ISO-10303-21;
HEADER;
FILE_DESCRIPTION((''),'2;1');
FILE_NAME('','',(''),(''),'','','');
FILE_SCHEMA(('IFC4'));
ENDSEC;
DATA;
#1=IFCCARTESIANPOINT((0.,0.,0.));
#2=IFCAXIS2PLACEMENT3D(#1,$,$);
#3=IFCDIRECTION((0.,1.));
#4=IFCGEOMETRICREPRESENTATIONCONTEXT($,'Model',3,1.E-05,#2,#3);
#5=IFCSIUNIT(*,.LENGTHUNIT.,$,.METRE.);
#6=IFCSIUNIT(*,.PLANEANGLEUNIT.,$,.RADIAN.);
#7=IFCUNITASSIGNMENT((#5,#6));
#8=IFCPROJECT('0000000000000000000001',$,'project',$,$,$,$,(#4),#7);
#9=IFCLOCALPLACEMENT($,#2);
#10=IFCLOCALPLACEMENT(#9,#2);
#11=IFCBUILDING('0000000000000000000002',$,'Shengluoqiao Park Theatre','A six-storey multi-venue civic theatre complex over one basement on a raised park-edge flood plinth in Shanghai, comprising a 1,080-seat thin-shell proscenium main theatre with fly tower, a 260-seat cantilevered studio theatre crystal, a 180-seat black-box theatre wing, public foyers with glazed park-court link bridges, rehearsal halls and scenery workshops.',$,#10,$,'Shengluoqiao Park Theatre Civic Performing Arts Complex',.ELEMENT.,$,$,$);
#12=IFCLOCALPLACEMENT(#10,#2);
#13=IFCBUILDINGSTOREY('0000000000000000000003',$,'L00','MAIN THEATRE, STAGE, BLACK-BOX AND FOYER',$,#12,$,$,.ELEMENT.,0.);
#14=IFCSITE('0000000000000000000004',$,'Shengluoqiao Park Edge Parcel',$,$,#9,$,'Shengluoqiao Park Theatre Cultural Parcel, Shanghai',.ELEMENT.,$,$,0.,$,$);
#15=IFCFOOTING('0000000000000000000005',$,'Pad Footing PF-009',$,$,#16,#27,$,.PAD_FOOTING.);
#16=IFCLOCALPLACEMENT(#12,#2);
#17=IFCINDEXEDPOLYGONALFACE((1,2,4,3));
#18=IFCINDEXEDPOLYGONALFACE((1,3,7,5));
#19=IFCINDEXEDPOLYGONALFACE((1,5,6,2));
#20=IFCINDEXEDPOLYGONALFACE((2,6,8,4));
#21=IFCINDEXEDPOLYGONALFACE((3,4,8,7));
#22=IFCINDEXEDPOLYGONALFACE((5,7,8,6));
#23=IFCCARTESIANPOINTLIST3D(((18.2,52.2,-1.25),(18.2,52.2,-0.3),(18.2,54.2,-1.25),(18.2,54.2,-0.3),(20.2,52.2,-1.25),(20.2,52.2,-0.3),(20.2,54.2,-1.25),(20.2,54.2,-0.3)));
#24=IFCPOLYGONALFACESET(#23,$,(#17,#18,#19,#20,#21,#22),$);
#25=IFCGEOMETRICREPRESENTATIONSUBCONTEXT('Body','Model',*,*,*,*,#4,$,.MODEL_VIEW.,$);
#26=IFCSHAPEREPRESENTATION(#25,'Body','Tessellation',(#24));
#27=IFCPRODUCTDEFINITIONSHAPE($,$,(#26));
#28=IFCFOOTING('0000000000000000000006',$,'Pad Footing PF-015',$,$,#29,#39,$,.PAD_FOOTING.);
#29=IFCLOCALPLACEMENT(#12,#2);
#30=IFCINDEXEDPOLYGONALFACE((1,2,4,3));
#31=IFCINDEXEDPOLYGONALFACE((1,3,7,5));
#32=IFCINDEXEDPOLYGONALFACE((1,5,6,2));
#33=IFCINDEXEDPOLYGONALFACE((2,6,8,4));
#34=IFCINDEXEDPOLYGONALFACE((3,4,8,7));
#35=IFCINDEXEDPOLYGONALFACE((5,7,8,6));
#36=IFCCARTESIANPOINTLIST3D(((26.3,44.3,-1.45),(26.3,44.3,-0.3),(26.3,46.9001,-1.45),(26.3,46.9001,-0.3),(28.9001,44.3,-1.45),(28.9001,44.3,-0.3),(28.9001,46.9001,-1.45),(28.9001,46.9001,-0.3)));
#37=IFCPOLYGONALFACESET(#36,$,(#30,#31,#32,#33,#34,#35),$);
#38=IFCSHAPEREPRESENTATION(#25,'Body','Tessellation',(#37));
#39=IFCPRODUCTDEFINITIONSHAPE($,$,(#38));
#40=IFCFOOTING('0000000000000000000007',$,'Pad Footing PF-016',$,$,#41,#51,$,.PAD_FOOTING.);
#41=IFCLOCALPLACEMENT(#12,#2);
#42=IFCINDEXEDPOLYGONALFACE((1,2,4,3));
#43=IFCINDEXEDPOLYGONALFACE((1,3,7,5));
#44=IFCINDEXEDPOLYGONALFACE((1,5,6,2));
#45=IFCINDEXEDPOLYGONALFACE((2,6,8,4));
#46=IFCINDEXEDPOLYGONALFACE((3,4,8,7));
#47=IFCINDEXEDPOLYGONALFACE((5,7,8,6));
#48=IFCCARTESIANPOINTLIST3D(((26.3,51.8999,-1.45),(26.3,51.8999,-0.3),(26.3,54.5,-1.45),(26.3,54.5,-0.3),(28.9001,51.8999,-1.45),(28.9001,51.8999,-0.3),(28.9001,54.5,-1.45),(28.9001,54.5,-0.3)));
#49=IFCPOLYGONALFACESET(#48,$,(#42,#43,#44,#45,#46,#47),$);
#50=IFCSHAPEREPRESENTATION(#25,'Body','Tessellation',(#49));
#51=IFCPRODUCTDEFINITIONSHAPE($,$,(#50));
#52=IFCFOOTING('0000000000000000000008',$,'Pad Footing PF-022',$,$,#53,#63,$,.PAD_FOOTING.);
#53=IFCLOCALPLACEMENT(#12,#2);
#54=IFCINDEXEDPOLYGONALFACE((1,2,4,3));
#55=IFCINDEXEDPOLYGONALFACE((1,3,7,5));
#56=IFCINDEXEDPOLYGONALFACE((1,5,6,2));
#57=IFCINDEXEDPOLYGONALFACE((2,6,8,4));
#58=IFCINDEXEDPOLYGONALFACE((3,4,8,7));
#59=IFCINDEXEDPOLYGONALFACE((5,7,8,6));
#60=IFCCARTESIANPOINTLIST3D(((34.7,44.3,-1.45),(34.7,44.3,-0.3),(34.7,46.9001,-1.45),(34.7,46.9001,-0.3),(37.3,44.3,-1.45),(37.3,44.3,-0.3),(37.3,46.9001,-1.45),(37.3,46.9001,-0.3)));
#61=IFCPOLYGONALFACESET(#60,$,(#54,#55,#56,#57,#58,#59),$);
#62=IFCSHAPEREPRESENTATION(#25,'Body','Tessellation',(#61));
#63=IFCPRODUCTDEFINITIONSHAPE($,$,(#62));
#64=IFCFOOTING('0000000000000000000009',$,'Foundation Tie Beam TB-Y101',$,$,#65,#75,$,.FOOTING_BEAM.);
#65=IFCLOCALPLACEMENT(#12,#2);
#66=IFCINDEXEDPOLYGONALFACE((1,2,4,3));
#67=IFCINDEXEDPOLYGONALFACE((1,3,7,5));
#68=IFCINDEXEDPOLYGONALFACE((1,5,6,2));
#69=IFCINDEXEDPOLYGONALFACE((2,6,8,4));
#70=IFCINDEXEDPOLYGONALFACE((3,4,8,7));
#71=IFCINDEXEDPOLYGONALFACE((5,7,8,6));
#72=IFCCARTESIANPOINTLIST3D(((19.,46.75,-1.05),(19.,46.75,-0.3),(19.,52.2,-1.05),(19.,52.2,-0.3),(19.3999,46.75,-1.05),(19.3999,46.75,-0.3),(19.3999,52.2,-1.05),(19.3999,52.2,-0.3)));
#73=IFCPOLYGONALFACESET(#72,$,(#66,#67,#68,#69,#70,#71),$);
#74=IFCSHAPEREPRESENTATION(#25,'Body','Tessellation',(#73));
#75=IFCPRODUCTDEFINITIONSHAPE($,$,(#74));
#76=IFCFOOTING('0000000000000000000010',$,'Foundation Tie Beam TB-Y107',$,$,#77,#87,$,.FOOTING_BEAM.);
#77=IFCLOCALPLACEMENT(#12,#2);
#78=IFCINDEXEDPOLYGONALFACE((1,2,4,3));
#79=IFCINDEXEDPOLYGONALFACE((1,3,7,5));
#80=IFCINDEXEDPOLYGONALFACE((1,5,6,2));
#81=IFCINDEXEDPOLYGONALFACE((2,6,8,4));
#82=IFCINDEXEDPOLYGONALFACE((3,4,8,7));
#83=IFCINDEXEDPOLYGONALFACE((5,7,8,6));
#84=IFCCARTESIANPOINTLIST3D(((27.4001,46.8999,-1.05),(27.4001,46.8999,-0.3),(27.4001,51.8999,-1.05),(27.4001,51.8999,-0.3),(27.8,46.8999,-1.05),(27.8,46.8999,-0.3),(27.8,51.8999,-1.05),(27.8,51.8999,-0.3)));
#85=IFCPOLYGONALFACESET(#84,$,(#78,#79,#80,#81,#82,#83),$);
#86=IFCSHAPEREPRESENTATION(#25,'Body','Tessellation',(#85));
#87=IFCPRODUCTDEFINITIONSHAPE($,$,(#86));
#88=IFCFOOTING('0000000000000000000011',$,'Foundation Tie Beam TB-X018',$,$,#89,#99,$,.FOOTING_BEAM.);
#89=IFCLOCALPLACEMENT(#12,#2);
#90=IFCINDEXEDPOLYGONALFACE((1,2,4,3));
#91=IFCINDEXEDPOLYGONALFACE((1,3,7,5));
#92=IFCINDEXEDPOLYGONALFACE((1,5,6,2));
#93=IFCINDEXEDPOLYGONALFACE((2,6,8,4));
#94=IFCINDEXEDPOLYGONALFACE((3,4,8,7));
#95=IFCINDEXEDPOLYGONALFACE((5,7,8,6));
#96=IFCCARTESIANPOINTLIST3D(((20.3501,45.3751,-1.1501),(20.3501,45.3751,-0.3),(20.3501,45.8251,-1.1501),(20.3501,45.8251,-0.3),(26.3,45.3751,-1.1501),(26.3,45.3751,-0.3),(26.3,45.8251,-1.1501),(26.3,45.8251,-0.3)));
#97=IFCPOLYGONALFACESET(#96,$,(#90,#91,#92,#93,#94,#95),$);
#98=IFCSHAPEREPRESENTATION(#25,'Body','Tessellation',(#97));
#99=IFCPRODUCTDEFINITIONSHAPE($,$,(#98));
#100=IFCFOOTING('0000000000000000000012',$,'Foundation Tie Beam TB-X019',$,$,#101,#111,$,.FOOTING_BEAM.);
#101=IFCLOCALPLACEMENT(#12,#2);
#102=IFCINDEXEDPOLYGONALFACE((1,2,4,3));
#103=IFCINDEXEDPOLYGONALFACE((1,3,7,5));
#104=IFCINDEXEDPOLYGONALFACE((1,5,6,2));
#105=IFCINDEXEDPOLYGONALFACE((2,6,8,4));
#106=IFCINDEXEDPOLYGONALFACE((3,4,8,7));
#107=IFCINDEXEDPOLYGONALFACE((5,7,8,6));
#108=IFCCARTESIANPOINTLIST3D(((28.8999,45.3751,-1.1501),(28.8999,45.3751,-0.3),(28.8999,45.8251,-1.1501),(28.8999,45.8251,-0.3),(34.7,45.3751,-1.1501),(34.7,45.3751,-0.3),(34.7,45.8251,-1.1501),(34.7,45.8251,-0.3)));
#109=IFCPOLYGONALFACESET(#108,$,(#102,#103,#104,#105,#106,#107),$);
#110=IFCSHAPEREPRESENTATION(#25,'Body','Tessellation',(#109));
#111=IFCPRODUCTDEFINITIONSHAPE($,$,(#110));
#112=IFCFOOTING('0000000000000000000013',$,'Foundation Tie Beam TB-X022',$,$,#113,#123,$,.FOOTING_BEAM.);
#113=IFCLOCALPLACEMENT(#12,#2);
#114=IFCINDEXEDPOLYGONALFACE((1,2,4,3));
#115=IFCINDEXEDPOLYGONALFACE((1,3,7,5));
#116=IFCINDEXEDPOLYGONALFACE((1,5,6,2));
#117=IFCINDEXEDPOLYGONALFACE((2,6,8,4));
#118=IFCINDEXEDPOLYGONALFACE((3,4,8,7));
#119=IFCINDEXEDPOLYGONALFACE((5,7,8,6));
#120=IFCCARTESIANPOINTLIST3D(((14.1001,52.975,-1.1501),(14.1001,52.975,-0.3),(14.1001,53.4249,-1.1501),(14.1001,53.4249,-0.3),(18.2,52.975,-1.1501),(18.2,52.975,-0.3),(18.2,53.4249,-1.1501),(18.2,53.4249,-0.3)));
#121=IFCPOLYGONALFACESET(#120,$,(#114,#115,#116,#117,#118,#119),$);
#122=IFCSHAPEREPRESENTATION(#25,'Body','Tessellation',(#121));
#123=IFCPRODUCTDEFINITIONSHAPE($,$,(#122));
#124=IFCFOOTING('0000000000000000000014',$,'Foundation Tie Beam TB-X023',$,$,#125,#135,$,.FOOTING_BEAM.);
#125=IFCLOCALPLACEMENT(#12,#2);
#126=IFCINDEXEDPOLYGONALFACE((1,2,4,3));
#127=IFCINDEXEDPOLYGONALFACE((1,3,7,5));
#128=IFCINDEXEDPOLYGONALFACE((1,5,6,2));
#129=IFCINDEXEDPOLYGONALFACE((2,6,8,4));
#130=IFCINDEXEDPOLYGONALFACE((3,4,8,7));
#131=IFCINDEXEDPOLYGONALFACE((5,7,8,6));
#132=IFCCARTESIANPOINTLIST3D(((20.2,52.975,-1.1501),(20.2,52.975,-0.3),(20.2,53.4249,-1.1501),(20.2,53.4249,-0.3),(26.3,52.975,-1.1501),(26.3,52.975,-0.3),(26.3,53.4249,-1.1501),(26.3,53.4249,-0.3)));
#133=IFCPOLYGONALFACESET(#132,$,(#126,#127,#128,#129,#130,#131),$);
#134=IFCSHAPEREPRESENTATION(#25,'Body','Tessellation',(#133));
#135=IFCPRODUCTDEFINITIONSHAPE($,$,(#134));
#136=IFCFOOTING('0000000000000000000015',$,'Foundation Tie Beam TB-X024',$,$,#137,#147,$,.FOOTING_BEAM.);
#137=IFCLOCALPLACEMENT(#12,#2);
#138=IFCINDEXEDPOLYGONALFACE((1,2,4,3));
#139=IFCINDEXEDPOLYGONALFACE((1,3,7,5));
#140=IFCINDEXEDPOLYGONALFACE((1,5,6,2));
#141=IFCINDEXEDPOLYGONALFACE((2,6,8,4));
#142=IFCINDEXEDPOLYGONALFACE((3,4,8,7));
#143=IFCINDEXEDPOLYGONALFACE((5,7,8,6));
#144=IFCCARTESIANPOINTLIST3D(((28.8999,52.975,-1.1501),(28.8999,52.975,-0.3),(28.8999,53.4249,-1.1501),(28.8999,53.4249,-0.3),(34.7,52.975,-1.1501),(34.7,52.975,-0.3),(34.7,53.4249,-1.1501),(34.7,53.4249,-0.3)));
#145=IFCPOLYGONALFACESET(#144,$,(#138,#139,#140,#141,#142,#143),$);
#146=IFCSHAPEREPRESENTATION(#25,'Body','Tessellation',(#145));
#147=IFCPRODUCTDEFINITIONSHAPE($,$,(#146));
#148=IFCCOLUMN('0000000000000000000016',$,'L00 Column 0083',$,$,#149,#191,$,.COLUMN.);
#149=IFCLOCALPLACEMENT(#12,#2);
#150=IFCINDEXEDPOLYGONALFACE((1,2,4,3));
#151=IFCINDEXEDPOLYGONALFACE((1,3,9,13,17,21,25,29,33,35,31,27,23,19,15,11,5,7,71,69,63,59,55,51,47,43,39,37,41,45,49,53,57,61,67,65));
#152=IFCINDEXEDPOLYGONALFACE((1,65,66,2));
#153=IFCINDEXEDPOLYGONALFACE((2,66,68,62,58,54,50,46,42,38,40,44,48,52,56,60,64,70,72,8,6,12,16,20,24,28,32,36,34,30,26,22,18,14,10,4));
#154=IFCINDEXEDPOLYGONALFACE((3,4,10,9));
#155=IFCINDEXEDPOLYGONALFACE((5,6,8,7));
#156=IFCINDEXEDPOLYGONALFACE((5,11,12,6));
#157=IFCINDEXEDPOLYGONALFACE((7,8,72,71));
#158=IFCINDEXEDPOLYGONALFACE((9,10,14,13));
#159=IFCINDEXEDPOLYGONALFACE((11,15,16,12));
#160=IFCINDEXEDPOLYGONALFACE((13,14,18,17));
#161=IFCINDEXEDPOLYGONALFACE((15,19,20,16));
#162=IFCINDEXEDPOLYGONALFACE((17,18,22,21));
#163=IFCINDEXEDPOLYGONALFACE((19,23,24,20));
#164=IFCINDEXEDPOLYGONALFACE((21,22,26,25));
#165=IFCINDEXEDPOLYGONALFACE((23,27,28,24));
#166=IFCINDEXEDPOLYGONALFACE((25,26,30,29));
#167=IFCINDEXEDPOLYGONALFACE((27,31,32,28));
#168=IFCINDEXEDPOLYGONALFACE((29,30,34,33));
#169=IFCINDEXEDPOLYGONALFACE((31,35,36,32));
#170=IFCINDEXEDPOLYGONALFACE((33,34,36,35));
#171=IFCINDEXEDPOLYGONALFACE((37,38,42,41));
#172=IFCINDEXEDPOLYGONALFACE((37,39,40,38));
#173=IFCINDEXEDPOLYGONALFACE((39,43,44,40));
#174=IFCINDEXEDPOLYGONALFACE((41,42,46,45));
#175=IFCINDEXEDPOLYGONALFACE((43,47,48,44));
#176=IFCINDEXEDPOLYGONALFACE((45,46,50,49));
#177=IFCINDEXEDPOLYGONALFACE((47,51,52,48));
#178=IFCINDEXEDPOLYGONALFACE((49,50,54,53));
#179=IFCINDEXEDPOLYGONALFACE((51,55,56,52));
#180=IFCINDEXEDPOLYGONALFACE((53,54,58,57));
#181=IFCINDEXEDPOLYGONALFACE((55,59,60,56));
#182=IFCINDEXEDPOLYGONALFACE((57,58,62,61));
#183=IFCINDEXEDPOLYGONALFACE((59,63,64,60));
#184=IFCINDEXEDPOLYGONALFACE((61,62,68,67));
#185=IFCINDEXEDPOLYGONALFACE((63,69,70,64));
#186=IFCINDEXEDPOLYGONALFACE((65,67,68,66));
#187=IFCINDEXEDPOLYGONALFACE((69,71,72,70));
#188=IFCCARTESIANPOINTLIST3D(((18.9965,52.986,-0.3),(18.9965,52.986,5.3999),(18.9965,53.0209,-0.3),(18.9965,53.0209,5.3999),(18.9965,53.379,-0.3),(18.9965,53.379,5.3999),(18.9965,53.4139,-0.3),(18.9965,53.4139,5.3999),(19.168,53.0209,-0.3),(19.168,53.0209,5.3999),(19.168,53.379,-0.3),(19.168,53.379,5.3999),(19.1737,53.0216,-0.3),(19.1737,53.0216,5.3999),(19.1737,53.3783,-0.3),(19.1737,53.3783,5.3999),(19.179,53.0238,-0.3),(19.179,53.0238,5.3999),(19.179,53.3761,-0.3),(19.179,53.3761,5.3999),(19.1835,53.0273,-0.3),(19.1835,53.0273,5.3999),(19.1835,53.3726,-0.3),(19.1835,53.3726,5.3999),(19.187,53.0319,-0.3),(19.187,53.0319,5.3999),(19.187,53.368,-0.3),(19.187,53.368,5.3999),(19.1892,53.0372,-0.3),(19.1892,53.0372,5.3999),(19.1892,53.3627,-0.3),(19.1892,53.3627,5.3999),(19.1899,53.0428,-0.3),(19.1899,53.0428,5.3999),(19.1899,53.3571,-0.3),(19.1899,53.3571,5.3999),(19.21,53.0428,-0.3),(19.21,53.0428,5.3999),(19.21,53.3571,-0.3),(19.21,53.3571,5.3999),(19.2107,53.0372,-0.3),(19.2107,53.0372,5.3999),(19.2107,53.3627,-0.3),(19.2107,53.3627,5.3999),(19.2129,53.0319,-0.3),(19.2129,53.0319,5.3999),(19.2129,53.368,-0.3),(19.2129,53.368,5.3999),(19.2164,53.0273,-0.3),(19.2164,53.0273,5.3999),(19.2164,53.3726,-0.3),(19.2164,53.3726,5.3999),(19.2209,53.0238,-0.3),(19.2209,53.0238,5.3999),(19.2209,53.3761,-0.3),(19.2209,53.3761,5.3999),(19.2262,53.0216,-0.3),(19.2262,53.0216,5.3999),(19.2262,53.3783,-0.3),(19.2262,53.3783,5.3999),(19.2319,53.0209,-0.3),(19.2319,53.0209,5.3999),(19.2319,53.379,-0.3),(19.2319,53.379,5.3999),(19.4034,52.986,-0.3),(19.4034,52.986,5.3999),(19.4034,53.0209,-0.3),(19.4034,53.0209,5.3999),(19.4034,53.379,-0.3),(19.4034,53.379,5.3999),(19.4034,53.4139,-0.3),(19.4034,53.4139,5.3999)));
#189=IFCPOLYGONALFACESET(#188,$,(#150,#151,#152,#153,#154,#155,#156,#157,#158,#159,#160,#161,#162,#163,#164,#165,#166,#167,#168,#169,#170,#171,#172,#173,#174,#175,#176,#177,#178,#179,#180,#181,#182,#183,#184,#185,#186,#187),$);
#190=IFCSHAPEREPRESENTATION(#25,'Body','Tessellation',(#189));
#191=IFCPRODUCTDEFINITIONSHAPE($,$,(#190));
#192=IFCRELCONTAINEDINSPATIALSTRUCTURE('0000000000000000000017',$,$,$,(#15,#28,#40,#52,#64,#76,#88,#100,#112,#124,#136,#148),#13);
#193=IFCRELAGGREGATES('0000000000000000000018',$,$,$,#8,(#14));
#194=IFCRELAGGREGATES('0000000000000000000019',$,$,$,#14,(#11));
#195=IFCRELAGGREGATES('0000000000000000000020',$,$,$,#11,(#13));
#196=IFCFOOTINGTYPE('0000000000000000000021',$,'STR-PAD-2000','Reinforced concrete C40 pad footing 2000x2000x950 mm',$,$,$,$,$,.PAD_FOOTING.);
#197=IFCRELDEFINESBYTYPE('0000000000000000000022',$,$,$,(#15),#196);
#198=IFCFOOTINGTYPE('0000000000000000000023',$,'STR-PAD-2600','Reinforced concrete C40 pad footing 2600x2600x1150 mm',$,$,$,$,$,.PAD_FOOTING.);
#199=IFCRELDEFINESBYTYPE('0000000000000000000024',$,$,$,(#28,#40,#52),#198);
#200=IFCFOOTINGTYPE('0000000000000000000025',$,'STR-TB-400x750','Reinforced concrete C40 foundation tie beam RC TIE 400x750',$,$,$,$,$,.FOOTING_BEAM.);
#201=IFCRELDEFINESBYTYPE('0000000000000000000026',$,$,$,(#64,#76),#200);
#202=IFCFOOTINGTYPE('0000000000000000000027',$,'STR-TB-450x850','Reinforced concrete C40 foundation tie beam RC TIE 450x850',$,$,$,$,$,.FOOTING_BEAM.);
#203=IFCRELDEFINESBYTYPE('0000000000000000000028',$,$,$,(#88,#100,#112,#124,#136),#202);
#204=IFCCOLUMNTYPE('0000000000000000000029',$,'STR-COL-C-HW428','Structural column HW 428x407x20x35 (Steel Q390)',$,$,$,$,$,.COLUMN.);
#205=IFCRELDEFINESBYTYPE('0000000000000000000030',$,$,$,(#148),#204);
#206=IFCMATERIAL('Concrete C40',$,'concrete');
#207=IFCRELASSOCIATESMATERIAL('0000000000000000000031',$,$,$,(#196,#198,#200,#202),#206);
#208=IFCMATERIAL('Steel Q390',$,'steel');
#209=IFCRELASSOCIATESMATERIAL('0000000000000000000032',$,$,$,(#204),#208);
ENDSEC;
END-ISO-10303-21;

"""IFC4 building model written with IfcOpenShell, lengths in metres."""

from ifc_helpers import new_model, si_unit, direction, frame, origin, origin_2d, place, context, subcontext, project, spatial, rectangle, i_section, extrude, material, material_profile, profile_set, type_object, element, save


model = new_model("IFC4")

# Units and contexts
model_context = context("Model", 3, precision=1e-05, world=origin(), true_north=direction((0.0, 1.0)))
body_context = subcontext(model_context, "Body", "Model", "MODEL_VIEW")
ifc_project = project(units=[si_unit("LENGTHUNIT", "METRE"), si_unit("PLANEANGLEUNIT", "RADIAN")], contexts=[model_context])

# Site, building, storey
site_placement = place(None, origin())
site = spatial("IfcSite", under=ifc_project, at=site_placement, Name="Shengluoqiao Park Edge Parcel", LongName="Shengluoqiao Park Theatre Cultural Parcel, Shanghai", CompositionType="ELEMENT", RefElevation=0.0)
building_placement = place(site_placement, origin())
building = spatial("IfcBuilding", under=site, at=building_placement, Name="Shengluoqiao Park Theatre", Description="A six-storey multi-venue civic theatre complex over one basement on a raised park-edge flood plinth in Shanghai, comprising a 1,080-seat thin-shell proscenium main theatre with fly tower, a 260-seat cantilevered studio theatre crystal, a 180-seat black-box theatre wing, public foyers with glazed park-court link bridges, rehearsal halls and scenery workshops.", LongName="Shengluoqiao Park Theatre Civic Performing Arts Complex", CompositionType="ELEMENT")
storey_placement = place(building_placement, origin())
storey = spatial("IfcBuildingStorey", under=building, at=storey_placement, Name="L00", Description="MAIN THEATRE, STAGE, BLACK-BOX AND FOYER", CompositionType="ELEMENT", Elevation=0.0)

# Footings
ifc_material_1 = material(Name="Concrete C40", Category="concrete")
footing_type_1 = type_object("IfcFootingType", Name="STR-PAD-2000", Description="Reinforced concrete C40 pad footing 2000x2000x950 mm", PredefinedType="PAD_FOOTING", material=ifc_material_1)
footing_1_placement = place(storey_placement, frame((19.2, 53.2, -1.25), z_axis=(0.0, 0.0, 1.0), x_axis=(1.0, 0.0, 0.0)))
element("IfcFooting", 1, at=footing_1_placement, inside=storey, type_object=footing_type_1, Name="Pad Footing PF-009", PredefinedType="PAD_FOOTING", context=body_context, shape_type="SweptSolid", body=[
    extrude(rectangle(XDim=2.0, YDim=2.0, at=origin_2d()), origin(), (0.0, 0.0, 1.0), 0.95),
])
footing_type_2 = type_object("IfcFootingType", Name="STR-PAD-2600", Description="Reinforced concrete C40 pad footing 2600x2600x1150 mm", PredefinedType="PAD_FOOTING", material=ifc_material_1)
for number, where, z_axis, x_axis, name in (
    (2, (27.6001, 45.6001, -1.45), (0.0, 0.0, 1.0), (1.0, 0.0, 0.0), "Pad Footing PF-015"),
    (3, (27.6001, 53.2, -1.45), (0.0, 0.0, 1.0), (1.0, 0.0, 0.0), "Pad Footing PF-016"),
    (4, (36.0, 45.6001, -1.45), (0.0, 0.0, 1.0), (1.0, 0.0, 0.0), "Pad Footing PF-022"),
):
    element("IfcFooting", number, at=place(storey_placement, frame(where, z_axis=z_axis, x_axis=x_axis)), inside=storey, type_object=footing_type_2, Name=name, PredefinedType="PAD_FOOTING", context=body_context, shape_type="SweptSolid", body=[
        extrude(rectangle(XDim=2.6001, YDim=2.6001, at=origin_2d()), origin(), (0.0, 0.0, 1.0), 1.1499),
    ])
ifc_material_profile_1 = material_profile(ifc_material_1, rectangle(XDim=0.3999, YDim=0.75, at=origin_2d()), Name="RC TIE 400x750")
ifc_profile_set_1 = profile_set([ifc_material_profile_1], Name="Concrete C40")
footing_type_3 = type_object("IfcFootingType", Name="STR-TB-400x750", Description="Reinforced concrete C40 foundation tie beam RC TIE 400x750", PredefinedType="FOOTING_BEAM", material=ifc_profile_set_1)
footing_2_placement = place(storey_placement, frame((19.2, 46.75, -0.675), z_axis=(0.0, 1.0, 0.0), x_axis=(-1.0, 0.0, 0.0)))
element("IfcFooting", 5, at=footing_2_placement, inside=storey, type_object=footing_type_3, Name="Foundation Tie Beam TB-Y101", PredefinedType="FOOTING_BEAM", context=body_context, shape_type="SweptSolid", body=[
    extrude(rectangle(XDim=0.3999, YDim=0.75, at=origin_2d()), origin(), (0.0, 0.0, 1.0), 5.45),
])
footing_3_placement = place(storey_placement, frame((27.6001, 46.8999, -0.675), z_axis=(0.0, 1.0, 0.0), x_axis=(-1.0, 0.0, 0.0)))
element("IfcFooting", 6, at=footing_3_placement, inside=storey, type_object=footing_type_3, Name="Foundation Tie Beam TB-Y107", PredefinedType="FOOTING_BEAM", context=body_context, shape_type="SweptSolid", body=[
    extrude(rectangle(XDim=0.3999, YDim=0.75, at=origin_2d()), origin(), (0.0, 0.0, 1.0), 5.0),
])
ifc_material_profile_2 = material_profile(ifc_material_1, rectangle(XDim=0.45, YDim=0.8501, at=origin_2d()), Name="RC TIE 450x850")
ifc_profile_set_2 = profile_set([ifc_material_profile_2], Name="Concrete C40")
footing_type_4 = type_object("IfcFootingType", Name="STR-TB-450x850", Description="Reinforced concrete C40 foundation tie beam RC TIE 450x850", PredefinedType="FOOTING_BEAM", material=ifc_profile_set_2)
footing_4_placement = place(storey_placement, frame((20.3501, 45.6001, -0.7251), z_axis=(1.0, 0.0, 0.0), x_axis=(0.0, 1.0, 0.0)))
element("IfcFooting", 7, at=footing_4_placement, inside=storey, type_object=footing_type_4, Name="Foundation Tie Beam TB-X018", PredefinedType="FOOTING_BEAM", context=body_context, shape_type="SweptSolid", body=[
    extrude(rectangle(XDim=0.45, YDim=0.8501, at=origin_2d()), origin(), (0.0, 0.0, 1.0), 5.95),
])
footing_5_placement = place(storey_placement, frame((28.8999, 45.6001, -0.7251), z_axis=(1.0, 0.0, 0.0), x_axis=(0.0, 1.0, 0.0)))
element("IfcFooting", 8, at=footing_5_placement, inside=storey, type_object=footing_type_4, Name="Foundation Tie Beam TB-X019", PredefinedType="FOOTING_BEAM", context=body_context, shape_type="SweptSolid", body=[
    extrude(rectangle(XDim=0.45, YDim=0.8501, at=origin_2d()), origin(), (0.0, 0.0, 1.0), 5.8),
])
footing_6_placement = place(storey_placement, frame((14.1001, 53.2, -0.7251), z_axis=(1.0, 0.0, 0.0), x_axis=(0.0, 1.0, 0.0)))
element("IfcFooting", 9, at=footing_6_placement, inside=storey, type_object=footing_type_4, Name="Foundation Tie Beam TB-X022", PredefinedType="FOOTING_BEAM", context=body_context, shape_type="SweptSolid", body=[
    extrude(rectangle(XDim=0.45, YDim=0.8501, at=origin_2d()), origin(), (0.0, 0.0, 1.0), 4.0999),
])
footing_7_placement = place(storey_placement, frame((20.2, 53.2, -0.7251), z_axis=(1.0, 0.0, 0.0), x_axis=(0.0, 1.0, 0.0)))
element("IfcFooting", 10, at=footing_7_placement, inside=storey, type_object=footing_type_4, Name="Foundation Tie Beam TB-X023", PredefinedType="FOOTING_BEAM", context=body_context, shape_type="SweptSolid", body=[
    extrude(rectangle(XDim=0.45, YDim=0.8501, at=origin_2d()), origin(), (0.0, 0.0, 1.0), 6.1001),
])
footing_8_placement = place(storey_placement, frame((28.8999, 53.2, -0.7251), z_axis=(1.0, 0.0, 0.0), x_axis=(0.0, 1.0, 0.0)))
element("IfcFooting", 11, at=footing_8_placement, inside=storey, type_object=footing_type_4, Name="Foundation Tie Beam TB-X024", PredefinedType="FOOTING_BEAM", context=body_context, shape_type="SweptSolid", body=[
    extrude(rectangle(XDim=0.45, YDim=0.8501, at=origin_2d()), origin(), (0.0, 0.0, 1.0), 5.8),
])

# Column
ifc_material_2 = material(Name="Steel Q390", Category="steel")
ifc_material_profile_3 = material_profile(ifc_material_2, i_section(OverallWidth=0.407, OverallDepth=0.428, WebThickness=0.02, FlangeThickness=0.0349, FilletRadius=0.022, at=origin_2d()), Name="HW 428x407x20x35")
ifc_profile_set_3 = profile_set([ifc_material_profile_3], Name="Steel Q390")
column_type = type_object("IfcColumnType", Name="STR-COL-C-HW428", Description="Structural column HW 428x407x20x35 (Steel Q390)", PredefinedType="COLUMN", material=ifc_profile_set_3)
for number, where, z_axis, x_axis, name in (
    (12, (19.2, 53.2, -0.3), (0.0, 0.0, 1.0), (1.0, 0.0, 0.0), "L00 Column 0083"),
):
    element("IfcColumn", number, at=place(storey_placement, frame(where, z_axis=z_axis, x_axis=x_axis)), inside=storey, type_object=column_type, Name=name, PredefinedType="COLUMN", context=body_context, shape_type="SweptSolid", body=[
        extrude(i_section(OverallWidth=0.407, OverallDepth=0.428, WebThickness=0.02, FlangeThickness=0.0349, FilletRadius=0.022, at=origin_2d()), origin(), (0.0, 0.0, 1.0), 5.7),
    ])

save(model, "model.ifc")
